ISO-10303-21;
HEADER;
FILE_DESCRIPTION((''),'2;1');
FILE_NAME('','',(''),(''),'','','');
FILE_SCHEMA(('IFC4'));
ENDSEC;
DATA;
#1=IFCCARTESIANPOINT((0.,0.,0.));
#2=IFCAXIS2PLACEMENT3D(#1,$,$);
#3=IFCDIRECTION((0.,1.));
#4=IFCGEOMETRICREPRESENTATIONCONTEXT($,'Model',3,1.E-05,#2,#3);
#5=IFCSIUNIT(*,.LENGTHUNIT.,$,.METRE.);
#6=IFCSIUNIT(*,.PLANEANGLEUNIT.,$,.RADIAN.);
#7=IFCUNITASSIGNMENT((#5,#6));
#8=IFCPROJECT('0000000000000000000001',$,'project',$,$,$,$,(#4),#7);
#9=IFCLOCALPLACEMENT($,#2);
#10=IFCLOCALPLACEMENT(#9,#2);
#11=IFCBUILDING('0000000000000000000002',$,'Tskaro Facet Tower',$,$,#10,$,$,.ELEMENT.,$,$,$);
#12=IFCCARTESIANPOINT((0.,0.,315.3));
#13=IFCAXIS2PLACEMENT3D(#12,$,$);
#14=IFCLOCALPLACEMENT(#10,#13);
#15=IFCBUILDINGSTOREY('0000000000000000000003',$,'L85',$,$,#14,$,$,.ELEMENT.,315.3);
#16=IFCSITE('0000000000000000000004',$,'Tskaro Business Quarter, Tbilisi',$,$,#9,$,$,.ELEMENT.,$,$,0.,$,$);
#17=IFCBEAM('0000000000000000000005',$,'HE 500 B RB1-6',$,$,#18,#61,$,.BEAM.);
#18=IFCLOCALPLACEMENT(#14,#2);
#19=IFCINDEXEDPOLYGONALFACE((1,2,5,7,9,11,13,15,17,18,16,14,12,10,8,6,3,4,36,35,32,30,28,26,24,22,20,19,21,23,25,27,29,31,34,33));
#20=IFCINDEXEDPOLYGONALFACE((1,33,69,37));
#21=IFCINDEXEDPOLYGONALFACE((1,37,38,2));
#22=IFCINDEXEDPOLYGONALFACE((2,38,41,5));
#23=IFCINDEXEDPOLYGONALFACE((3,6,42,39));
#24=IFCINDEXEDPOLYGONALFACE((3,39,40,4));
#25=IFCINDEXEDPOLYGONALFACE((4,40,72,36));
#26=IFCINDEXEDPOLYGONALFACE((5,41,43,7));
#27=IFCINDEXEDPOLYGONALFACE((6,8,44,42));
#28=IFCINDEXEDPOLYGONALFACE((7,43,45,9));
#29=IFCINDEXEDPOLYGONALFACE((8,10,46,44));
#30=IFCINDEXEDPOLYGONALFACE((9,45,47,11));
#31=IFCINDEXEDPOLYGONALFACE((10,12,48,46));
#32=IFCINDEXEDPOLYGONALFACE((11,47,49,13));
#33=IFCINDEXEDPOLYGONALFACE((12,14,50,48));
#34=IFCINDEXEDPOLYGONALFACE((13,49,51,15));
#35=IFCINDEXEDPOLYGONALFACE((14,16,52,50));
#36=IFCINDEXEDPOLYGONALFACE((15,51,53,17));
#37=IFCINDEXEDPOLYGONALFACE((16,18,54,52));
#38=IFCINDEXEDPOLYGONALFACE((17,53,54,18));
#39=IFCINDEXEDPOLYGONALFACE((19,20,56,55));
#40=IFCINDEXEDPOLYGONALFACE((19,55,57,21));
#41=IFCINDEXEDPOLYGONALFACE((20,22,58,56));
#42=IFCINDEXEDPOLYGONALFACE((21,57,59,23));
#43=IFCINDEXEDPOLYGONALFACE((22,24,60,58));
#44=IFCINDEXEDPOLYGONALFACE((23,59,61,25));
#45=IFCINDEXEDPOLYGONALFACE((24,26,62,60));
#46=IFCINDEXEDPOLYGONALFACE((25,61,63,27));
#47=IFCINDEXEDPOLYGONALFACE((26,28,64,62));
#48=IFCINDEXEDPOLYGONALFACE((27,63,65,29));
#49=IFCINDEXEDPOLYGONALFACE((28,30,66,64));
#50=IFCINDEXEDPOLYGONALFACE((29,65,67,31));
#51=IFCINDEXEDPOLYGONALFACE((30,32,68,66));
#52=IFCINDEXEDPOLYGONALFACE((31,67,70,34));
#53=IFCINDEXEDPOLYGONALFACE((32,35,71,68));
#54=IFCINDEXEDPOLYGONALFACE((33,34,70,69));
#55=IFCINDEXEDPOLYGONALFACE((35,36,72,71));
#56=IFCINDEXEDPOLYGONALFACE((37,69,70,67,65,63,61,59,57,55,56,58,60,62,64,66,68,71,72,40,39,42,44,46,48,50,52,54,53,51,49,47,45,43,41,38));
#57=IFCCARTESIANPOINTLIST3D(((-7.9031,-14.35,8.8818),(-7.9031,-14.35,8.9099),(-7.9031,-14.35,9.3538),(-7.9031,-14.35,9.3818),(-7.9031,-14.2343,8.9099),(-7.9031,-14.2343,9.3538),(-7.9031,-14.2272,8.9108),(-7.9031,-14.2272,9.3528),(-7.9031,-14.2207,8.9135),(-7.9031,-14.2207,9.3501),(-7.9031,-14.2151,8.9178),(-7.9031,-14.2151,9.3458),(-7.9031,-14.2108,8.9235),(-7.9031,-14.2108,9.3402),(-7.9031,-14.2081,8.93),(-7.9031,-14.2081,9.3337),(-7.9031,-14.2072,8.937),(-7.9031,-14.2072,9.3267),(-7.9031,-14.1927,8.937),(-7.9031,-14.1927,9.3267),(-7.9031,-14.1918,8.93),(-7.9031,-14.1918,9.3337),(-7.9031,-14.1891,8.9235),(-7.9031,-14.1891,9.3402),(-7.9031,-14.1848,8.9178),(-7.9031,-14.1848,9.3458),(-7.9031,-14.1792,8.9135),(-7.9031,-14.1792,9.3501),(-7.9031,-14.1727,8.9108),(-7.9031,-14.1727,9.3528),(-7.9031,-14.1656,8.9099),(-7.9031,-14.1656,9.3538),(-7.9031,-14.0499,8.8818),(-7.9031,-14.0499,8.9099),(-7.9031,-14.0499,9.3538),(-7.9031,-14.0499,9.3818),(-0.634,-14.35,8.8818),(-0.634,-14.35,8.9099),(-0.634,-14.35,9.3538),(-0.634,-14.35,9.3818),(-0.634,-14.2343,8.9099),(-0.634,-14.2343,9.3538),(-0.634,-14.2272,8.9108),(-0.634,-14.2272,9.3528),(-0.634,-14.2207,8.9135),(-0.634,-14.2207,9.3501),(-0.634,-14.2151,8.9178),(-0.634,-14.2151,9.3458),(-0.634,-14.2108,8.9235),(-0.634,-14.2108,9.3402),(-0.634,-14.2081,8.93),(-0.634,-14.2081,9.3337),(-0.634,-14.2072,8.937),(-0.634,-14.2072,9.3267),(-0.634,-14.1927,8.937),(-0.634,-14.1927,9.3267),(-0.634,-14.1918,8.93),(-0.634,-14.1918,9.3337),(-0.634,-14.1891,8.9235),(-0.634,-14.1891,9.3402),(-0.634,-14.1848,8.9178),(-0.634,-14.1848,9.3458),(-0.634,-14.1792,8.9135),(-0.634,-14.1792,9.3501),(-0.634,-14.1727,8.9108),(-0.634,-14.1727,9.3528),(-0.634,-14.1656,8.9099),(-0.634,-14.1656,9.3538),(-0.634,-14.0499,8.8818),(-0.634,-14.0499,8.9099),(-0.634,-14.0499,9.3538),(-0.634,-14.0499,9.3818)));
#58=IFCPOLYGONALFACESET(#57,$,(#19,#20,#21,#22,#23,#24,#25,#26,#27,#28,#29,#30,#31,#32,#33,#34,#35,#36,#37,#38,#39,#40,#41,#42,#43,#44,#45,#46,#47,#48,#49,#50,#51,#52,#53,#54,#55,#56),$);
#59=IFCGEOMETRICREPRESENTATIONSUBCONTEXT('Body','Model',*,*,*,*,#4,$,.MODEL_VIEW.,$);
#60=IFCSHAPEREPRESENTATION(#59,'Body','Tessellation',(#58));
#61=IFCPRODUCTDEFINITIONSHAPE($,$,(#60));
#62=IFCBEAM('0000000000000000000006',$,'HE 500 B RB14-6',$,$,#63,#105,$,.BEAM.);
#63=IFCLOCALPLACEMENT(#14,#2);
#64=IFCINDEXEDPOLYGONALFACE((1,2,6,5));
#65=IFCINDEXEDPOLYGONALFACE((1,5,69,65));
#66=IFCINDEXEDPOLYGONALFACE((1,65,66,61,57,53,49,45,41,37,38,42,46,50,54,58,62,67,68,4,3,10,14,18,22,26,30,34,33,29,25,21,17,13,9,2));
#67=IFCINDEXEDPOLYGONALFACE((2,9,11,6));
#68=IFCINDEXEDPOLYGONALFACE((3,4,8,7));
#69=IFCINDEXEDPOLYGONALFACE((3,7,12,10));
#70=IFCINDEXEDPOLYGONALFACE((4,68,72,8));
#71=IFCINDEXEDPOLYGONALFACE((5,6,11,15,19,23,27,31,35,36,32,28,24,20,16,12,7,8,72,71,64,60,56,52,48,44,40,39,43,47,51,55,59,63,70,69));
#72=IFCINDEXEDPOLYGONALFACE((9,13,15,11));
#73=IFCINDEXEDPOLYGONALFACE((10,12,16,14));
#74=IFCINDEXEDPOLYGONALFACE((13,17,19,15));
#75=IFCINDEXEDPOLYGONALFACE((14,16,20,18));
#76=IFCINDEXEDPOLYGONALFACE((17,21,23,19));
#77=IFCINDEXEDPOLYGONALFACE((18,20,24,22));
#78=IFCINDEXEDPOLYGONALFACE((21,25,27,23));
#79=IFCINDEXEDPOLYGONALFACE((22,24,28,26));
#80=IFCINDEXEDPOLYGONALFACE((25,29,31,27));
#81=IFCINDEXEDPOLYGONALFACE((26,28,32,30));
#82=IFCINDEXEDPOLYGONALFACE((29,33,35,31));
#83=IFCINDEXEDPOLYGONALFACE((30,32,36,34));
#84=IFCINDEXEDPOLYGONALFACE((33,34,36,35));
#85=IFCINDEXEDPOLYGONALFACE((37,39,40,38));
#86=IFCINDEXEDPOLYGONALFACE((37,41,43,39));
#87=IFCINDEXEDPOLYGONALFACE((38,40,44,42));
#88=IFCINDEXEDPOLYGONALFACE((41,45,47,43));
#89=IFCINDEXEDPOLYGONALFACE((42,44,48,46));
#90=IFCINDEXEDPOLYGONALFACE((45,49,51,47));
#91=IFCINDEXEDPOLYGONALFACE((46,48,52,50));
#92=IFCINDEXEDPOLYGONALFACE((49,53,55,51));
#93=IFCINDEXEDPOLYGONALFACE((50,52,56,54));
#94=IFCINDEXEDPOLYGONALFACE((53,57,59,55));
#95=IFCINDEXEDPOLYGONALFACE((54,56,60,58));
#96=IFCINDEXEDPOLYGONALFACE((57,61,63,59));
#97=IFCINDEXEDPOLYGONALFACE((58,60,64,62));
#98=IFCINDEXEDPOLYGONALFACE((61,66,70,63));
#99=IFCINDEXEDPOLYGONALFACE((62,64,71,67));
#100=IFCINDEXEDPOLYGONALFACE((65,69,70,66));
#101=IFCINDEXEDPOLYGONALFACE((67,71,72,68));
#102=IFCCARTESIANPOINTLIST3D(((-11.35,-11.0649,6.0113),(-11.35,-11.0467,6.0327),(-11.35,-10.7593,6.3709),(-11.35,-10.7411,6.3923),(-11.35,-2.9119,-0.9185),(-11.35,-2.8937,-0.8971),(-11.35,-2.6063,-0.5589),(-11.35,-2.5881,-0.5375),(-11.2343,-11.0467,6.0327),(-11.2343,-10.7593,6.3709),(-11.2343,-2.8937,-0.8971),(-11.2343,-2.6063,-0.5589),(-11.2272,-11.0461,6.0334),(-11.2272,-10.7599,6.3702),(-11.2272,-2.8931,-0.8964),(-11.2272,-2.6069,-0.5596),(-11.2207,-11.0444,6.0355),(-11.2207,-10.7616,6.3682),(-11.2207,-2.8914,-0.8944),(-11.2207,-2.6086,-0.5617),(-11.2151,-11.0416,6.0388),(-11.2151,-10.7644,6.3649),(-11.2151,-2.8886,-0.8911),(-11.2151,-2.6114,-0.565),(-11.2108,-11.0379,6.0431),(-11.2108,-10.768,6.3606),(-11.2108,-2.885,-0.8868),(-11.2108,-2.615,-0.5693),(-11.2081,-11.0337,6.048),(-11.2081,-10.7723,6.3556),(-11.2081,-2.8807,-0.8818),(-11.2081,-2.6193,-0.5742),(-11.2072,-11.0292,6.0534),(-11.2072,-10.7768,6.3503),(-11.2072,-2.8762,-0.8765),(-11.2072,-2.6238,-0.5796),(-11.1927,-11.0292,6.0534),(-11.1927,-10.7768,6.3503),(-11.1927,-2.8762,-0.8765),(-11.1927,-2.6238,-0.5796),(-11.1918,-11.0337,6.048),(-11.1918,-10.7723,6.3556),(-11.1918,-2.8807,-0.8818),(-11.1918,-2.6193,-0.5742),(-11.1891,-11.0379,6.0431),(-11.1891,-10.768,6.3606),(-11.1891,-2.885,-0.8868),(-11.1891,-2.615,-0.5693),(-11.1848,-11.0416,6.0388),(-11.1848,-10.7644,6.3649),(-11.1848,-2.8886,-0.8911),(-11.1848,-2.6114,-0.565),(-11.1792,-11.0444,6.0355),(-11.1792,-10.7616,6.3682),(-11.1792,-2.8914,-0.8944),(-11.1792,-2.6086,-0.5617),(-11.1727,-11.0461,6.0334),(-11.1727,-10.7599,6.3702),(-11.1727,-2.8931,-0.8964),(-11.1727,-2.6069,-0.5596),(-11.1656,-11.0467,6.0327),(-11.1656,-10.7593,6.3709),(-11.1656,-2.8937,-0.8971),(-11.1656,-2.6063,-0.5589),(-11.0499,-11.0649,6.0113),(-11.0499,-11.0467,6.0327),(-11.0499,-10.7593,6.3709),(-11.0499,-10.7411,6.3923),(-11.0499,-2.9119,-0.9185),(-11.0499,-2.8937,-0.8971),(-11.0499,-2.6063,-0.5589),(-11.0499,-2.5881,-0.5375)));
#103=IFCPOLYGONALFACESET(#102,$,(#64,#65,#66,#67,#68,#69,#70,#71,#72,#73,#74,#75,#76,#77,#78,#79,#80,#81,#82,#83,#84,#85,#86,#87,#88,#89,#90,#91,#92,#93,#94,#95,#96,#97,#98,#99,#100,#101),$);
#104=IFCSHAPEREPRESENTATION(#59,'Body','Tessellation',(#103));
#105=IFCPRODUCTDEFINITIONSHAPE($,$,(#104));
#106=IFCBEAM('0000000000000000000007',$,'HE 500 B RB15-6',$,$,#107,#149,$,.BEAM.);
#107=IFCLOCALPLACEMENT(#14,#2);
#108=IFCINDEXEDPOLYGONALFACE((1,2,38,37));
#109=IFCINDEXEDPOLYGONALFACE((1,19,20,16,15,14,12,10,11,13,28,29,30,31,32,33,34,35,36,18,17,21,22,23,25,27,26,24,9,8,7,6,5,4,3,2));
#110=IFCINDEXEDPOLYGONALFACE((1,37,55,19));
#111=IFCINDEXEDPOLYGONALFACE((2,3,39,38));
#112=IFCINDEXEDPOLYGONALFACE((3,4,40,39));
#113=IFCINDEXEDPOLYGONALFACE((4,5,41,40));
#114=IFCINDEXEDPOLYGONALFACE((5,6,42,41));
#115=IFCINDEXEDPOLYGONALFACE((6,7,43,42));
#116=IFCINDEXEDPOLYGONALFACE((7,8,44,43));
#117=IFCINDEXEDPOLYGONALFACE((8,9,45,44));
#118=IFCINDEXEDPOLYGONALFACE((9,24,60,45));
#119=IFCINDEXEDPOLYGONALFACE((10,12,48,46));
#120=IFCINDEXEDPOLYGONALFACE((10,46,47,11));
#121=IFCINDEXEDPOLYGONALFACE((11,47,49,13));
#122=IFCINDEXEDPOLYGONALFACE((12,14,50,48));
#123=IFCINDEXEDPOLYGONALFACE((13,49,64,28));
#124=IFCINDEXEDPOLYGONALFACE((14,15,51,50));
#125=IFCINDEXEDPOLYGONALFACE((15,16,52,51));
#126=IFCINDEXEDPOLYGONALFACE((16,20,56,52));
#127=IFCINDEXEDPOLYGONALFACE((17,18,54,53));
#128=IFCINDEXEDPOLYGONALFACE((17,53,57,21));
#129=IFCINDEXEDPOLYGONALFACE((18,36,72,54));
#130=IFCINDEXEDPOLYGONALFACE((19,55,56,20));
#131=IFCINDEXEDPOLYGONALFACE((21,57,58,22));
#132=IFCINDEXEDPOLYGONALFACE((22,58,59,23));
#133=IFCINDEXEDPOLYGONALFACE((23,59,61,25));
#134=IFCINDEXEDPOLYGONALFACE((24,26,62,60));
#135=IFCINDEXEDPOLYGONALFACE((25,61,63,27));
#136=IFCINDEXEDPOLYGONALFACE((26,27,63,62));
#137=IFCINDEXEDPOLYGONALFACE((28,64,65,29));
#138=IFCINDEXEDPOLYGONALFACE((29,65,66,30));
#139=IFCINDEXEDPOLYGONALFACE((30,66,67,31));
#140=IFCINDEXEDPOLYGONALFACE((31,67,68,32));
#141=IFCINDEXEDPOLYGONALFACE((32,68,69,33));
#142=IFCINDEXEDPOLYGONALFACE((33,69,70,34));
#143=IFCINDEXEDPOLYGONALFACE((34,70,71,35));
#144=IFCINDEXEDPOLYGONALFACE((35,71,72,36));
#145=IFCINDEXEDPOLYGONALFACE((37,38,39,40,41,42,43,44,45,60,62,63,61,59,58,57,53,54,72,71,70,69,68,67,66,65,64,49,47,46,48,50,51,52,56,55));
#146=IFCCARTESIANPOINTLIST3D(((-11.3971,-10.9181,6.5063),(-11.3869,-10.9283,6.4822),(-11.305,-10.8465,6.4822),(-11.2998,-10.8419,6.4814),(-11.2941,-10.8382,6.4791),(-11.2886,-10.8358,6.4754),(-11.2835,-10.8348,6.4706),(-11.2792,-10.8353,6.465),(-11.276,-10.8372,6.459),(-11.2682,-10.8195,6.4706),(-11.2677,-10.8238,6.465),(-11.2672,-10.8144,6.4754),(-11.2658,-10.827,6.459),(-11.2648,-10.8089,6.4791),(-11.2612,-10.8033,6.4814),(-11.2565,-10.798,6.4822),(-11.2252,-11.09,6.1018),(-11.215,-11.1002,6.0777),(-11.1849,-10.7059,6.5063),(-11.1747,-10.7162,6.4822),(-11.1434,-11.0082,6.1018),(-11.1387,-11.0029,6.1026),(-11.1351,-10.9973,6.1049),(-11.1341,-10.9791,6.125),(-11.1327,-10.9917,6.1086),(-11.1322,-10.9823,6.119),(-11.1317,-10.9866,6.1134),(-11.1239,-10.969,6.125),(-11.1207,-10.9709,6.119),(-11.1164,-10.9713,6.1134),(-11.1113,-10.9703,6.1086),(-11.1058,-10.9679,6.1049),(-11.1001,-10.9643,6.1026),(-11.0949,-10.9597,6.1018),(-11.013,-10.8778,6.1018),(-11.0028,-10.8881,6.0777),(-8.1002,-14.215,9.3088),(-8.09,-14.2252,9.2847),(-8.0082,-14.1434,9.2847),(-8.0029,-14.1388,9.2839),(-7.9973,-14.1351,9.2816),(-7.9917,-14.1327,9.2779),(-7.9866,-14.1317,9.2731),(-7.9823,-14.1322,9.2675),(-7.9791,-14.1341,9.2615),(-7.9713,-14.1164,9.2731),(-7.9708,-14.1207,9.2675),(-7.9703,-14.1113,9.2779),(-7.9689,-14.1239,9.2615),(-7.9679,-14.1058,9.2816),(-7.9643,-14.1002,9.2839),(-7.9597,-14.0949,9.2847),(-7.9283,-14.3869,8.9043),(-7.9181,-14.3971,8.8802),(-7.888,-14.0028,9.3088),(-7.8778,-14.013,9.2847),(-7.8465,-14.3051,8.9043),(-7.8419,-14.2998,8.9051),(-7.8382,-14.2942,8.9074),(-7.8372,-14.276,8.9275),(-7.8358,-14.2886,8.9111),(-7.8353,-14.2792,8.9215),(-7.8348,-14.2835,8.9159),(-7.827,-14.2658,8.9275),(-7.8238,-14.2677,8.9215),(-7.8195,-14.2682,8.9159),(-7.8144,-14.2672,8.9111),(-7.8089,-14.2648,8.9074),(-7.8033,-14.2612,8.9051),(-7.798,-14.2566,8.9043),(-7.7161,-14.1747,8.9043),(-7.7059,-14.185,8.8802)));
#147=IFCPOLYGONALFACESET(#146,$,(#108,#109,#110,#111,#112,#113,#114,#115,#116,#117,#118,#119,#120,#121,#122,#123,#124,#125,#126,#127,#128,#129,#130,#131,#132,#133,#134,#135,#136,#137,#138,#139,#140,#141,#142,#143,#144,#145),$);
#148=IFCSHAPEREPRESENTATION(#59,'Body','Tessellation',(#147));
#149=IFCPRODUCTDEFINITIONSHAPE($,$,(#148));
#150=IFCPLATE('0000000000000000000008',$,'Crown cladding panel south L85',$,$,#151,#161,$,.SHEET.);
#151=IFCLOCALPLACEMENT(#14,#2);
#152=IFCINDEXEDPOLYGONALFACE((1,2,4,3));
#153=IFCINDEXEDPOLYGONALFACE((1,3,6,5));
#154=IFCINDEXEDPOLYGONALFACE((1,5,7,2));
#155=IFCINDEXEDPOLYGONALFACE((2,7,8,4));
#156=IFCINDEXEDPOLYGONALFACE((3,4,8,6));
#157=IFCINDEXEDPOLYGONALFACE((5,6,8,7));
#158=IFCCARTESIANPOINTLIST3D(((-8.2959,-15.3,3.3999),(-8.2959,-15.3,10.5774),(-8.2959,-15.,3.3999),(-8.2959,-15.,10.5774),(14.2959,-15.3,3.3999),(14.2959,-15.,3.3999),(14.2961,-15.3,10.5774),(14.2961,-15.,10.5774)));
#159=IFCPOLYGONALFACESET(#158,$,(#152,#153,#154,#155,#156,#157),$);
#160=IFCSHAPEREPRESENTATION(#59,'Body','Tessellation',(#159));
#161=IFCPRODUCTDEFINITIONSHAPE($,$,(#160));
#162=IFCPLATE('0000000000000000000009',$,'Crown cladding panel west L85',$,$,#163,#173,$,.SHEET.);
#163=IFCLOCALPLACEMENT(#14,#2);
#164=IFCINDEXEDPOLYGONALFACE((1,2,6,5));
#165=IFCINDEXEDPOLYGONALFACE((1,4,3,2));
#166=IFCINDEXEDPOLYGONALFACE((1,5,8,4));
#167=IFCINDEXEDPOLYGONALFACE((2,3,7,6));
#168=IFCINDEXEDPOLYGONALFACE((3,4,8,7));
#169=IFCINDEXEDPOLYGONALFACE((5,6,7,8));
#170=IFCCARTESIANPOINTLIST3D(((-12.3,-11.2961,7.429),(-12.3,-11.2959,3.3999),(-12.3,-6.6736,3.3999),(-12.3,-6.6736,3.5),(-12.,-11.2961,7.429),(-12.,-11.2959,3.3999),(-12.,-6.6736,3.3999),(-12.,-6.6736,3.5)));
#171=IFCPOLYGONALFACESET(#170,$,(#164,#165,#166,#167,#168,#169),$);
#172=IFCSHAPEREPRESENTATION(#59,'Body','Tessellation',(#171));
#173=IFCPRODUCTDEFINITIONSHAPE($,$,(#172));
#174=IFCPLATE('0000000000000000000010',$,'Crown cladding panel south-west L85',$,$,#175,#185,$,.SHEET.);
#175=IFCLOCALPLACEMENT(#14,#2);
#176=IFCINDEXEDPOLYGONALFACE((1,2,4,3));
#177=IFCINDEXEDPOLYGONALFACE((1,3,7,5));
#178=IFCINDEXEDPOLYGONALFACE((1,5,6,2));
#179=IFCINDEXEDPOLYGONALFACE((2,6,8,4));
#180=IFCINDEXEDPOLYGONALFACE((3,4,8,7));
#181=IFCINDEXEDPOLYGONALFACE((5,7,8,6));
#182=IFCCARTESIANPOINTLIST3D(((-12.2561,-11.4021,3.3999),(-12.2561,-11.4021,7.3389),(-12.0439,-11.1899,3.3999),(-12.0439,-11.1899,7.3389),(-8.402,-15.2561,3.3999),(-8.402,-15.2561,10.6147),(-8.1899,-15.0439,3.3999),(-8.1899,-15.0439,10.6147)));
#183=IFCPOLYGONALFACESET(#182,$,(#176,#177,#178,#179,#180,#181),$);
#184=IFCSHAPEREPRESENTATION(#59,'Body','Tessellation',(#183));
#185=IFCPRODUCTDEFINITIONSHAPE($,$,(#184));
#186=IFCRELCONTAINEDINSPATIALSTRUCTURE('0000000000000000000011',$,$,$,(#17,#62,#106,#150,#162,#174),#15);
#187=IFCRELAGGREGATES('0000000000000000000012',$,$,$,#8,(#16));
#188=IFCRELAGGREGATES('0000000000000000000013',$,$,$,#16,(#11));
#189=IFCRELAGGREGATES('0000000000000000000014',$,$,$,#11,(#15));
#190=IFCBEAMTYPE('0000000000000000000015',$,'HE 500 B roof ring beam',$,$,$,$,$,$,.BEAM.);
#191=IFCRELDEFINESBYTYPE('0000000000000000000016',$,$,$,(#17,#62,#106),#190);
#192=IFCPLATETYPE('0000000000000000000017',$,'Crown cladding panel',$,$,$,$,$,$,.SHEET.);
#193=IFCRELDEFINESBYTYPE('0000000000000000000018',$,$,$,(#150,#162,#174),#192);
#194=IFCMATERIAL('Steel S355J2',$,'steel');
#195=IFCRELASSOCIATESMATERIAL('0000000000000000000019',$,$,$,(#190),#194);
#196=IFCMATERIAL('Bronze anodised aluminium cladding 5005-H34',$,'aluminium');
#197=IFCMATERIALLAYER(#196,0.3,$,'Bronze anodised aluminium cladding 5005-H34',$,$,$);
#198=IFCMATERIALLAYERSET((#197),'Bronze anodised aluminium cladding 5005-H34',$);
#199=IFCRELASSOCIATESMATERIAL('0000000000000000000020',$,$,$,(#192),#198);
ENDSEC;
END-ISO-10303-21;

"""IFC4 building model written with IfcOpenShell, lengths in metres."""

from ifc_helpers import new_model, si_unit, direction, frame, origin, origin_2d, place, context, subcontext, project, spatial, polyline, i_section, outline, extrude, material, layer, layer_set, material_profile, profile_set, type_object, element, save


model = new_model("IFC4")

# Units and contexts
model_context = context("Model", 3, precision=1e-05, world=origin(), true_north=direction((0.0, 1.0)))
body_context = subcontext(model_context, "Body", "Model", "MODEL_VIEW")
ifc_project = project(units=[si_unit("LENGTHUNIT", "METRE"), si_unit("PLANEANGLEUNIT", "RADIAN")], contexts=[model_context])

# Site, building, storey
site_placement = place(None, origin())
site = spatial("IfcSite", under=ifc_project, at=site_placement, Name="Tskaro Business Quarter, Tbilisi", CompositionType="ELEMENT", RefElevation=0.0)
building_placement = place(site_placement, origin())
building = spatial("IfcBuilding", under=site, at=building_placement, Name="Tskaro Facet Tower", CompositionType="ELEMENT")
storey_placement = place(building_placement, frame((0.0, 0.0, 315.3)))
storey = spatial("IfcBuildingStorey", under=building, at=storey_placement, Name="L85", CompositionType="ELEMENT", Elevation=315.3)

# Shared definitions
ifc_material_1 = material(Name="Steel S355J2", Category="steel")

# Beams
ifc_material_profile_1 = material_profile(ifc_material_1, i_section(OverallWidth=0.3, OverallDepth=0.5, WebThickness=0.0144, FlangeThickness=0.0281, FilletRadius=0.0271, at=origin_2d()), Name="HE 500 B")
ifc_profile_set_1 = profile_set([ifc_material_profile_1], Name="Steel S355J2")
beam_type = type_object("IfcBeamType", Name="HE 500 B roof ring beam", PredefinedType="BEAM", material=ifc_profile_set_1)
beam_1_placement = place(storey_placement, frame((-7.9031, -14.2, 9.1318), z_axis=(1.0, 0.0, 0.0), x_axis=(0.0, 1.0, 0.0)))
element("IfcBeam", 1, at=beam_1_placement, inside=storey, type_object=beam_type, Name="HE 500 B RB1-6", PredefinedType="BEAM", context=body_context, shape_type="SweptSolid", body=[
    extrude(i_section(OverallWidth=0.3, OverallDepth=0.5, WebThickness=0.0144, FlangeThickness=0.0281, FilletRadius=0.0271, at=origin_2d()), origin(), (0.0, 0.0, 1.0), 7.269),
])
beam_2_placement = place(storey_placement, frame((-11.2, -2.75, -0.728), z_axis=(0.0, -0.761948, 0.647638), x_axis=(1.0, 0.0, 0.0)))
element("IfcBeam", 2, at=beam_2_placement, inside=storey, type_object=beam_type, Name="HE 500 B RB14-6", PredefinedType="BEAM", context=body_context, shape_type="SweptSolid", body=[
    extrude(i_section(OverallWidth=0.3, OverallDepth=0.5, WebThickness=0.0144, FlangeThickness=0.0281, FilletRadius=0.0271, at=origin_2d()), origin(), (0.0, 0.0, 1.0), 10.7002),
])
beam_3_placement = place(storey_placement, frame((-11.2, -10.9031, 6.292), z_axis=(0.606052, -0.606052, 0.515171), x_axis=(0.707107, 0.707107, 0.0)))
element("IfcBeam", 3, at=beam_3_placement, inside=storey, type_object=beam_type, Name="HE 500 B RB15-6", PredefinedType="BEAM", context=body_context, shape_type="SweptSolid", body=[
    extrude(i_section(OverallWidth=0.3, OverallDepth=0.5, WebThickness=0.0144, FlangeThickness=0.0281, FilletRadius=0.0271, at=origin_2d()), origin(), (0.0, 0.0, 1.0), 5.4399),
])

# Plates
ifc_material_2 = material(Name="Bronze anodised aluminium cladding 5005-H34", Category="aluminium")
ifc_layer_1 = layer(ifc_material_2, 0.3, Name="Bronze anodised aluminium cladding 5005-H34")
ifc_layer_set_1 = layer_set([ifc_layer_1], Name="Bronze anodised aluminium cladding 5005-H34")
plate_type_1 = type_object("IfcPlateType", Name="Crown cladding panel", PredefinedType="SHEET", material=ifc_layer_set_1)
plate_1_placement = place(storey_placement, frame((-8.2959, -15.1499, 3.3999), z_axis=(0.0, 0.0, 1.0), x_axis=(1.0, 0.0, 0.0)))
element("IfcPlate", 4, at=plate_1_placement, inside=storey, type_object=plate_type_1, Name="Crown cladding panel south L85", PredefinedType="SHEET", context=body_context, shape_type="SweptSolid", body=[
    extrude(outline(polyline([(0.0, 0.0), (22.5918, 0.0), (22.592, 7.1775), (0.0, 7.1775), (0.0, 0.0)])), frame((0.0, 0.1499, 0.0), z_axis=(0.0, -1.0, 0.0), x_axis=(1.0, 0.0, 0.0)), (0.0, 0.0, 1.0), 0.3),
])
plate_2_placement = place(storey_placement, frame((-12.1499, -6.6736, 3.3999), z_axis=(0.0, 0.0, 1.0), x_axis=(0.0, -1.0, 0.0)))
element("IfcPlate", 5, at=plate_2_placement, inside=storey, type_object=plate_type_1, Name="Crown cladding panel west L85", PredefinedType="SHEET", context=body_context, shape_type="SweptSolid", body=[
    extrude(outline(polyline([(0.0, 0.0), (4.6223, 0.0), (4.6226, 4.0291), (0.0, 0.1001), (0.0, 0.0)])), frame((0.0, 0.1499, 0.0), z_axis=(0.0, -1.0, 0.0), x_axis=(1.0, 0.0, 0.0)), (0.0, 0.0, 1.0), 0.3),
])
plate_3_placement = place(storey_placement, frame((-12.1499, -11.2959, 3.3999), z_axis=(0.0, 0.0, 1.0), x_axis=(0.707107, -0.707107, 0.0)))
element("IfcPlate", 6, at=plate_3_placement, inside=storey, type_object=plate_type_1, Name="Crown cladding panel south-west L85", PredefinedType="SHEET", context=body_context, shape_type="SweptSolid", body=[
    extrude(outline(polyline([(0.0, 0.0), (5.4504, 0.0), (5.4504, 7.2148), (0.0, 3.939), (0.0, 0.0)])), frame((0.0, 0.1499, 0.0), z_axis=(0.0, -1.0, 0.0), x_axis=(1.0, 0.0, 0.0)), (0.0, 0.0, 1.0), 0.3),
])

save(model, "model.ifc")
